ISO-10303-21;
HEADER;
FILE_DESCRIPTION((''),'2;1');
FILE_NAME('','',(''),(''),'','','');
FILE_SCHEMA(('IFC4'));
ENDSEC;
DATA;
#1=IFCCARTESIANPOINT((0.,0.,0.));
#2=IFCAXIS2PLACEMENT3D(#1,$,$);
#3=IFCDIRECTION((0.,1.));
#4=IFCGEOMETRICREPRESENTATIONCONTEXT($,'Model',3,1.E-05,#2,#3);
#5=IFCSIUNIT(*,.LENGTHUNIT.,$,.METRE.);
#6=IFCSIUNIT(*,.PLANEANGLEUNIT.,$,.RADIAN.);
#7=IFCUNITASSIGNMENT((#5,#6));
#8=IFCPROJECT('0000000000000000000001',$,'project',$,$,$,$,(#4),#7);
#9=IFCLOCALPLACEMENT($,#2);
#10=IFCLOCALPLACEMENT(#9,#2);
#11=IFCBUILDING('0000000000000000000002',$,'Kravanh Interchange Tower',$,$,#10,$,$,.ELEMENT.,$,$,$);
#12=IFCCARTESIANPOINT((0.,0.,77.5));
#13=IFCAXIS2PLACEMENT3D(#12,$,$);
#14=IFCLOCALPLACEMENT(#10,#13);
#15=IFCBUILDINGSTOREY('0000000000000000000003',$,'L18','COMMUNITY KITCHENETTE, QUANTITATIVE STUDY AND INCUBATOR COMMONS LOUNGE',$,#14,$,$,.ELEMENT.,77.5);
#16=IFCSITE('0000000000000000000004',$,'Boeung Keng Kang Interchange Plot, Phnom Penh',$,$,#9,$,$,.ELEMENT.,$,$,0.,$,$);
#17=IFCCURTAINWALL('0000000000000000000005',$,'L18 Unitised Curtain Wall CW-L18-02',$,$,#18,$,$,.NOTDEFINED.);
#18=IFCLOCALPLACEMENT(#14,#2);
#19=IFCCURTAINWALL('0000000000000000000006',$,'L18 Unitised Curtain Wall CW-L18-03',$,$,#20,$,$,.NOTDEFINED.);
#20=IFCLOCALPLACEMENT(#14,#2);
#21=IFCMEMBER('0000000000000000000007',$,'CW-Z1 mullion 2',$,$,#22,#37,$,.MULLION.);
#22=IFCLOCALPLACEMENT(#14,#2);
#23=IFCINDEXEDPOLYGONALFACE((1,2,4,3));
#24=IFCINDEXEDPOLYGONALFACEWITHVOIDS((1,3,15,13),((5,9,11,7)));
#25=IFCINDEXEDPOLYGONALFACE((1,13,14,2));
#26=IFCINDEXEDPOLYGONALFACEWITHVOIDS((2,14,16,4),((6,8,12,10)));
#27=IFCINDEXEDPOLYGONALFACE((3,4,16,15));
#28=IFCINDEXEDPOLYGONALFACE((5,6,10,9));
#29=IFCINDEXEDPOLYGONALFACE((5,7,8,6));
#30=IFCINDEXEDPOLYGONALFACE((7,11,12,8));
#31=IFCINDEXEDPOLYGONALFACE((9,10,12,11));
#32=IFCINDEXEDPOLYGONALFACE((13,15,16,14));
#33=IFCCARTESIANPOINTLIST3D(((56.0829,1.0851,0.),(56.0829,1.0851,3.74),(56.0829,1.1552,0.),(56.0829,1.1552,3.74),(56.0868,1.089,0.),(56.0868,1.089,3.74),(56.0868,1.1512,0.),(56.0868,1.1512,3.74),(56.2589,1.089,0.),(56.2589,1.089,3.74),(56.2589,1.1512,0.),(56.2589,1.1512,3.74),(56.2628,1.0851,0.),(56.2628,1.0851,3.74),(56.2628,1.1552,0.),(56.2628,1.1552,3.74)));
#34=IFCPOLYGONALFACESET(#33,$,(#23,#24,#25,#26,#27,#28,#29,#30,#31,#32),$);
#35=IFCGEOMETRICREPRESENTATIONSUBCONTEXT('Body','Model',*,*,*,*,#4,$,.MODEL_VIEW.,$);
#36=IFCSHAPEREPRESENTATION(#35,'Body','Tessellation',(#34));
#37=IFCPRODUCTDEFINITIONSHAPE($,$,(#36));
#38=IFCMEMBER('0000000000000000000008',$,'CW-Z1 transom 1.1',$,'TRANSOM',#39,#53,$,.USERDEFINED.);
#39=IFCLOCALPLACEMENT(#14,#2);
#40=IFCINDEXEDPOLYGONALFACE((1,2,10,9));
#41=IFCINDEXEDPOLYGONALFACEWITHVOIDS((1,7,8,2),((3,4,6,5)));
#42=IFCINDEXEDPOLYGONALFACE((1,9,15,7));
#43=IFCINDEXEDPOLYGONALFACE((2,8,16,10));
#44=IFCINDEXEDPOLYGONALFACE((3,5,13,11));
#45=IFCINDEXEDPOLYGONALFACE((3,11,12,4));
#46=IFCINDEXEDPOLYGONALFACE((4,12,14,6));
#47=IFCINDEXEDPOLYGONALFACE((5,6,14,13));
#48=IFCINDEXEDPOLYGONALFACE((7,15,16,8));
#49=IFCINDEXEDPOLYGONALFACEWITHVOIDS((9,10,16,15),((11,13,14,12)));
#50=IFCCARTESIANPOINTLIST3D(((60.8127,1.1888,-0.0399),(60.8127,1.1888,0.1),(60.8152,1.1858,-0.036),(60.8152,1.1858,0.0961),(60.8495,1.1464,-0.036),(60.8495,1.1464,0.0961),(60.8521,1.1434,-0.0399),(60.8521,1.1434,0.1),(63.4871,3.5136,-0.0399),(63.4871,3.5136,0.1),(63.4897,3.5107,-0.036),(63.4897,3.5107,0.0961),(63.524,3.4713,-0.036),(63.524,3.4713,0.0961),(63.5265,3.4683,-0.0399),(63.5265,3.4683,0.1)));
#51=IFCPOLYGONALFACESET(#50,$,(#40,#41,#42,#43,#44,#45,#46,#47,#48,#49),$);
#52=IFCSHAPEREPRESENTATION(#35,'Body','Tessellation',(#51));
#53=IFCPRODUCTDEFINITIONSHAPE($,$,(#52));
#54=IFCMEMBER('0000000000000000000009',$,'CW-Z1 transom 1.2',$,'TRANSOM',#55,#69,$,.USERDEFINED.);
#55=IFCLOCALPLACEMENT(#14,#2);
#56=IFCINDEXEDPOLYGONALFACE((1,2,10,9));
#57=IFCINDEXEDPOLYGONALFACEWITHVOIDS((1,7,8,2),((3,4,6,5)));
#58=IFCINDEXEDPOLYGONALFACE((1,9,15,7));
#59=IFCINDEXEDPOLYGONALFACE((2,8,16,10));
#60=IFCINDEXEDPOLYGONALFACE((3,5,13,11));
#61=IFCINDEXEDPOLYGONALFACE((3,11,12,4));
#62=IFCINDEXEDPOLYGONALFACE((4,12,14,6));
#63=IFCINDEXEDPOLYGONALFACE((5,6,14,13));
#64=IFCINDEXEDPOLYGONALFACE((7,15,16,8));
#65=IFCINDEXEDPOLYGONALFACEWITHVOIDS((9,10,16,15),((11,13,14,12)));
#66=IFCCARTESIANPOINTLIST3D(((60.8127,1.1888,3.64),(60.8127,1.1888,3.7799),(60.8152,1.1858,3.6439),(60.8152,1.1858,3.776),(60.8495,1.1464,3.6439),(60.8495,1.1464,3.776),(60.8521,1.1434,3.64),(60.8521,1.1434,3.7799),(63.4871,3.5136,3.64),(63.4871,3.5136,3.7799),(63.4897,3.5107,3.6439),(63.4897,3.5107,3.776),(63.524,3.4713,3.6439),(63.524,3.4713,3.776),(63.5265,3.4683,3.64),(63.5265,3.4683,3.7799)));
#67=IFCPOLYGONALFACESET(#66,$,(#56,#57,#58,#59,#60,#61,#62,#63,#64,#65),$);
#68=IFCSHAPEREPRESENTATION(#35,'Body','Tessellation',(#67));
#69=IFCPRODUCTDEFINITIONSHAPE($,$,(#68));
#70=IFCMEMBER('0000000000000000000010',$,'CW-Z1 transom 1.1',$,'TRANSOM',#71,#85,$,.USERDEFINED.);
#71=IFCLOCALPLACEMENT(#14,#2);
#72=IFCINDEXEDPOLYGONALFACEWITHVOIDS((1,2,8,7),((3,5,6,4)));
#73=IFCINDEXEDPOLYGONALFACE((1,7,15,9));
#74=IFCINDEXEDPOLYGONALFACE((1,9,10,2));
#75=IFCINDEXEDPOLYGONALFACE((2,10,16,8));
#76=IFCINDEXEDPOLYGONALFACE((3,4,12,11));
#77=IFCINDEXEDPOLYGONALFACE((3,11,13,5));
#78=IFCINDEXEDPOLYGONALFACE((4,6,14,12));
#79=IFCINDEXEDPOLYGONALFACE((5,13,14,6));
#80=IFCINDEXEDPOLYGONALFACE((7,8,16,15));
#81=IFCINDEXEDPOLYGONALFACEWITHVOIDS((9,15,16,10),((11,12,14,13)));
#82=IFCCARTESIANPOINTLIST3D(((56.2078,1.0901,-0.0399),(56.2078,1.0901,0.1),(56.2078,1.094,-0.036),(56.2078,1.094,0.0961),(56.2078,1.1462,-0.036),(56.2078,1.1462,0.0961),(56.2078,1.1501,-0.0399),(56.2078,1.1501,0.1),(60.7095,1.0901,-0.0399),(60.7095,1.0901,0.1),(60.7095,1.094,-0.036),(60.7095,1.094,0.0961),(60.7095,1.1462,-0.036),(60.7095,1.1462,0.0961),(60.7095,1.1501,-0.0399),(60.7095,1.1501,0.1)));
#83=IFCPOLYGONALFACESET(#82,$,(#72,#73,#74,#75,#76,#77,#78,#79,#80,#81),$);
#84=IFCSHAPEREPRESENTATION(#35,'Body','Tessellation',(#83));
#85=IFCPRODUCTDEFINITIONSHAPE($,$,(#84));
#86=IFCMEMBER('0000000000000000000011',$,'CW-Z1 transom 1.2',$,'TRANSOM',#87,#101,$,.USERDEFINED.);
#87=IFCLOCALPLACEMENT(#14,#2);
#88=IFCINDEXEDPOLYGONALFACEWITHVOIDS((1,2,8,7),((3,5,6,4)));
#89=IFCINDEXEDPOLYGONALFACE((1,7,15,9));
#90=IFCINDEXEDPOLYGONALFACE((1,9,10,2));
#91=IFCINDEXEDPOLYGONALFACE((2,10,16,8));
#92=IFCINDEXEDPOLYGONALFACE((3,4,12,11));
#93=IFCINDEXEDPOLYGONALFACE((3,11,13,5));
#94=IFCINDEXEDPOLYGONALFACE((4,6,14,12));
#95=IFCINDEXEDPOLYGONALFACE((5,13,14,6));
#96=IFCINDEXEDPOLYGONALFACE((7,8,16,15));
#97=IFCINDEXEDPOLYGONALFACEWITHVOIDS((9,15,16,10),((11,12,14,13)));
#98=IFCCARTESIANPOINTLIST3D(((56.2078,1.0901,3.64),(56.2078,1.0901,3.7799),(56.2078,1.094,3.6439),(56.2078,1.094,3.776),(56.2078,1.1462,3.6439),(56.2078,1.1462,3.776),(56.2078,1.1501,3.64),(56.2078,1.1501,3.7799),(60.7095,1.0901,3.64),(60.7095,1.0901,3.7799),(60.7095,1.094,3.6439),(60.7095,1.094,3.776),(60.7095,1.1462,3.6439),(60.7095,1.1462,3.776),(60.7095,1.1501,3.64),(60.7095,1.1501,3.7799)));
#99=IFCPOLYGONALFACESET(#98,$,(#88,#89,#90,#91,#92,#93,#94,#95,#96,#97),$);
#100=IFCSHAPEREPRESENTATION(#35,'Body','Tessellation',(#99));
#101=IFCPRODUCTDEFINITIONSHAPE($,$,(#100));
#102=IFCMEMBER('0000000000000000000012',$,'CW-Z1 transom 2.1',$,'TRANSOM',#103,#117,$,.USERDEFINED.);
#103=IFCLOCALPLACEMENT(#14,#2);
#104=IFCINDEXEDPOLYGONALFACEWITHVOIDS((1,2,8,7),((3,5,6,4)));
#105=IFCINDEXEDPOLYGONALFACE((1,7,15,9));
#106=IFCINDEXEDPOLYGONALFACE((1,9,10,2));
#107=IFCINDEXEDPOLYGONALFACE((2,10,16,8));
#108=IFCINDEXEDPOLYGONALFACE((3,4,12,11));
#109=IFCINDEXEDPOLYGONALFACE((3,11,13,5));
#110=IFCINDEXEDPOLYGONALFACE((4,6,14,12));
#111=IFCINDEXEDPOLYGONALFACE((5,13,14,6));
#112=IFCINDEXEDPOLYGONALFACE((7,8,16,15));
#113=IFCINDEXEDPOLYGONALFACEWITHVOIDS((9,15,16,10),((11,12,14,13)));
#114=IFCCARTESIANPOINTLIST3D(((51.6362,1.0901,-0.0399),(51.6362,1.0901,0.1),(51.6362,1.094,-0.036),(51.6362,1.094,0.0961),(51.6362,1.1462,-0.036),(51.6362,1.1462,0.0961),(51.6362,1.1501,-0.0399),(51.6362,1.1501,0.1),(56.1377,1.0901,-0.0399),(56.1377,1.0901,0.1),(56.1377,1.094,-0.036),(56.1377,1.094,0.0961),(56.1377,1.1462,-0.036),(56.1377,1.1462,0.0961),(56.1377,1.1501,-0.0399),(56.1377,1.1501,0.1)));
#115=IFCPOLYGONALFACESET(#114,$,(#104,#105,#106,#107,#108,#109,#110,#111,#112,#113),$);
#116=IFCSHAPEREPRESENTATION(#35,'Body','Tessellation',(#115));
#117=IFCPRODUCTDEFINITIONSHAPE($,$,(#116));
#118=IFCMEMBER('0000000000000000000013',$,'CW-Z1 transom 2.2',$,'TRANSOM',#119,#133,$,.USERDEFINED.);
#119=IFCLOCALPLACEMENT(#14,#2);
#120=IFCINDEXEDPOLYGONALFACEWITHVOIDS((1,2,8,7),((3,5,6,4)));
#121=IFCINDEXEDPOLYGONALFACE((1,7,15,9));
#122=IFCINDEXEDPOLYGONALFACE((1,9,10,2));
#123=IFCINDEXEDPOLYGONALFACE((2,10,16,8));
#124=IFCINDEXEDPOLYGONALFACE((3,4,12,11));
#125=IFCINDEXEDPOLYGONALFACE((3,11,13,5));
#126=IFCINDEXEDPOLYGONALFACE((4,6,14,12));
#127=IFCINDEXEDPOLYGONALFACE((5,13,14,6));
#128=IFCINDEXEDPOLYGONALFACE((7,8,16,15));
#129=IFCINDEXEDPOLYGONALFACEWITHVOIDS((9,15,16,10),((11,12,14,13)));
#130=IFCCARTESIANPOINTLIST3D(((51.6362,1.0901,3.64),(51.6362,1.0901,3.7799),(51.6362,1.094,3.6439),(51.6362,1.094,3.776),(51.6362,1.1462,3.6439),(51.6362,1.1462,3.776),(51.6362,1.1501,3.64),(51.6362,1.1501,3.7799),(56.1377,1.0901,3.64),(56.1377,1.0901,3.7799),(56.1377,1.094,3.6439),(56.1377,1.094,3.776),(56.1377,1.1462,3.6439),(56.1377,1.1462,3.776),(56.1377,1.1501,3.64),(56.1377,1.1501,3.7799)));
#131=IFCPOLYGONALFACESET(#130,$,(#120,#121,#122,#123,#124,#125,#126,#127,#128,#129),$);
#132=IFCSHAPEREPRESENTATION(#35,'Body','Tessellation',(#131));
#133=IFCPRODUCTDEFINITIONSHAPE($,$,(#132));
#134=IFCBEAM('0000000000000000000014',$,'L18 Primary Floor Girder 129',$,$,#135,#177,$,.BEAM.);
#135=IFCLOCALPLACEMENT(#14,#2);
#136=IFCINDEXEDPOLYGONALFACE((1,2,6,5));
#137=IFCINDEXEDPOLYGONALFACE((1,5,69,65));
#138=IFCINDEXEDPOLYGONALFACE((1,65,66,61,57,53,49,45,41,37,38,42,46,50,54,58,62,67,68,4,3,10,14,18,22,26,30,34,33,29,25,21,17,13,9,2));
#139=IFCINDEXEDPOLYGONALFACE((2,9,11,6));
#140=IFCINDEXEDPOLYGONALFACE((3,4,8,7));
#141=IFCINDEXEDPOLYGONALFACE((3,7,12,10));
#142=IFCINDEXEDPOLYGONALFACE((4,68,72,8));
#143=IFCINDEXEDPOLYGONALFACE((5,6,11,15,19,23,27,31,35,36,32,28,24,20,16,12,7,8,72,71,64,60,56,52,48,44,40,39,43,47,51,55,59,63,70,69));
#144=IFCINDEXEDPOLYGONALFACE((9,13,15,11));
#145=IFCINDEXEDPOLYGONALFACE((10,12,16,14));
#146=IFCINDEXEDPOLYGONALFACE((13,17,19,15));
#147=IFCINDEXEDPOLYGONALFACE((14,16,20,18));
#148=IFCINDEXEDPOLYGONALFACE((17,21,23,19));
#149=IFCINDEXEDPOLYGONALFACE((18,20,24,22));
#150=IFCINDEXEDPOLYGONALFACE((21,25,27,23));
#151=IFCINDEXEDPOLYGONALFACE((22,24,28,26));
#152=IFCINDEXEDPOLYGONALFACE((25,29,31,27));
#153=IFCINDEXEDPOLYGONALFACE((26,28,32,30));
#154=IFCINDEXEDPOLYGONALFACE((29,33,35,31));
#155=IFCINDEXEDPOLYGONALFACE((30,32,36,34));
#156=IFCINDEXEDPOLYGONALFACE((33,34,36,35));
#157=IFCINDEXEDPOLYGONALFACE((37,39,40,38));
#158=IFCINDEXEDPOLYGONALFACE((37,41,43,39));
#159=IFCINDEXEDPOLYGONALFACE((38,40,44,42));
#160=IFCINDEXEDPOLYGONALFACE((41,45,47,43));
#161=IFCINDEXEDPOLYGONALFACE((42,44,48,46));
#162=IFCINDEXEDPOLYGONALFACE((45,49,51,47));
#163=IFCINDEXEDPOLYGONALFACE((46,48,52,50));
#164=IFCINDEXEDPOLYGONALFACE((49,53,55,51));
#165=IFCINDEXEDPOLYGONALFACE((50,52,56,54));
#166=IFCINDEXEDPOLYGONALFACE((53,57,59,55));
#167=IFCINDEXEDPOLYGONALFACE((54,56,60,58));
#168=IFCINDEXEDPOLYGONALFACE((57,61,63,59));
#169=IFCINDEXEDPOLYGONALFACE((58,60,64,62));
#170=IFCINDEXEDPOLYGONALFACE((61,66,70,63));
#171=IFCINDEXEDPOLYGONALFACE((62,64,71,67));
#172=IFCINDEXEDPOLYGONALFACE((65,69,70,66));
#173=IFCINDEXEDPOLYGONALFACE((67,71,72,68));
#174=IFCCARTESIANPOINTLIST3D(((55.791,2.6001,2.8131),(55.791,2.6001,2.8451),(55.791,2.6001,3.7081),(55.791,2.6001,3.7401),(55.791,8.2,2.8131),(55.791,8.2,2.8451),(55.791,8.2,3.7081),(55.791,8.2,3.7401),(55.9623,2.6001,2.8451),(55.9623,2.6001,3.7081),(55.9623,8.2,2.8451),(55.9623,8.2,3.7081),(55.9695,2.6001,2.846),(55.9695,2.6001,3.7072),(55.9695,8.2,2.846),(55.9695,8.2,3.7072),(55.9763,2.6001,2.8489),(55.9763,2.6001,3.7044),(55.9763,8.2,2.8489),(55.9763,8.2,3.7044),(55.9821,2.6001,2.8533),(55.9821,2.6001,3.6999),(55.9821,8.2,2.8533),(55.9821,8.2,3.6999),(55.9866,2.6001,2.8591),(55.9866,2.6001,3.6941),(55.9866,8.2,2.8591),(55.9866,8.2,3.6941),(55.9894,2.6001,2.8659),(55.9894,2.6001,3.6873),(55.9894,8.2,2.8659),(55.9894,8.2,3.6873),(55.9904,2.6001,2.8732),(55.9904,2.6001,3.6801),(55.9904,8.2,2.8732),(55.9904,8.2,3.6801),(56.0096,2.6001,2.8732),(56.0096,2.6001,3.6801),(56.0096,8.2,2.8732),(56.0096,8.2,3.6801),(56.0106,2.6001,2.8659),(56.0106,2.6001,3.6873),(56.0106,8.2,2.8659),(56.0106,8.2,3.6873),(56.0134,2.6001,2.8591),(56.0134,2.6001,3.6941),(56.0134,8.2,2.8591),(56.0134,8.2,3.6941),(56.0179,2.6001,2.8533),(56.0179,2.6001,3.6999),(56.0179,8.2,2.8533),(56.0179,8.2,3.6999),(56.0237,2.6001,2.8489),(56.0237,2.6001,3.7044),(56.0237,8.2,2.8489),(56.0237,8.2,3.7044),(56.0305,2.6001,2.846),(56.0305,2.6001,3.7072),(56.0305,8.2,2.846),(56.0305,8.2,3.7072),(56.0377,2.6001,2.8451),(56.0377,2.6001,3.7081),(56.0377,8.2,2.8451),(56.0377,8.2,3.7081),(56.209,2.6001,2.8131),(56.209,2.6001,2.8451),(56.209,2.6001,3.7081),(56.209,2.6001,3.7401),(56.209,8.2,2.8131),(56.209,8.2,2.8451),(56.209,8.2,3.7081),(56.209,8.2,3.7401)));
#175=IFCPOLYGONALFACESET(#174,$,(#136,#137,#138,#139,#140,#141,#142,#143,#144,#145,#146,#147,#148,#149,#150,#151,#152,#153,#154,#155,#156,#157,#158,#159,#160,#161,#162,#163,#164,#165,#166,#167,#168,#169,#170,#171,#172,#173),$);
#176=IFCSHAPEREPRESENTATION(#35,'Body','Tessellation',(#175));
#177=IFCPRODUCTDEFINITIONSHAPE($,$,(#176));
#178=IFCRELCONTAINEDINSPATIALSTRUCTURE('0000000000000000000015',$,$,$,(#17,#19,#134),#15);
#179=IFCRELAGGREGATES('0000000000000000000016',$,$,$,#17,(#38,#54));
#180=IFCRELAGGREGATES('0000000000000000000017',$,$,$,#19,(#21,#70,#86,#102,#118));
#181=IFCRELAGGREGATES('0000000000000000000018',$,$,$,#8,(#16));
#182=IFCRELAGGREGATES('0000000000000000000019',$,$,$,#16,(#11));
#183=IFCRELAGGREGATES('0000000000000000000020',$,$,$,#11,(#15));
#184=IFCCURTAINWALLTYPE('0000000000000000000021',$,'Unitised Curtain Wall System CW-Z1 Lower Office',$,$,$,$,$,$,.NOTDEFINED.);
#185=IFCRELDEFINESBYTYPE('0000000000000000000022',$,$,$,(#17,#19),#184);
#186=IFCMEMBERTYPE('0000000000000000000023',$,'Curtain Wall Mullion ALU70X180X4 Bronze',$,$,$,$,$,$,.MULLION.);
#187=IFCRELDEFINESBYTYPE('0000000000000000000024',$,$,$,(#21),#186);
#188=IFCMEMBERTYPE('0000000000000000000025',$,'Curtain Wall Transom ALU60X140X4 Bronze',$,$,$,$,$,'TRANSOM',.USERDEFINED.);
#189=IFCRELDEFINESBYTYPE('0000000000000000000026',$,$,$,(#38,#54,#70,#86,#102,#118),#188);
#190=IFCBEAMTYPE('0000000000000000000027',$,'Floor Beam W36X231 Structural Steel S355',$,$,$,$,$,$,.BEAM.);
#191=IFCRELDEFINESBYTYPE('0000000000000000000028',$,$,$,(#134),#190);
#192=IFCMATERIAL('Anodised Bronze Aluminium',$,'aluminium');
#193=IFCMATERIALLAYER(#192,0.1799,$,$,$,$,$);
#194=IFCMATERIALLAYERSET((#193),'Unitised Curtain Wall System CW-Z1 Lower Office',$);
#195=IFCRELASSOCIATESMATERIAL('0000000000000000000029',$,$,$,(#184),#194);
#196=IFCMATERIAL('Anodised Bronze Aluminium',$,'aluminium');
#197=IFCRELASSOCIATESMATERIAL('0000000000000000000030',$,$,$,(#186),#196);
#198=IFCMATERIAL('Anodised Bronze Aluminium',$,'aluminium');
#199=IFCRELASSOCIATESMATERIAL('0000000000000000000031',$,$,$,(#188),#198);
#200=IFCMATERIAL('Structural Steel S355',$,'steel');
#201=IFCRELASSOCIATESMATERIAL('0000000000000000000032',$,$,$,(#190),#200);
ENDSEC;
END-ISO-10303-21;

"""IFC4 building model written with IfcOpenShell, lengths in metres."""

from ifc_helpers import new_model, si_unit, direction, frame, origin, origin_2d, place, context, subcontext, project, spatial, hollow_rectangle, i_section, extrude, material, layer, layer_set, material_profile, profile_set, type_object, element, aggregate, save


model = new_model("IFC4")

# Units and contexts
model_context = context("Model", 3, precision=1e-05, world=origin(), true_north=direction((0.0, 1.0)))
body_context = subcontext(model_context, "Body", "Model", "MODEL_VIEW")
ifc_project = project(units=[si_unit("LENGTHUNIT", "METRE"), si_unit("PLANEANGLEUNIT", "RADIAN")], contexts=[model_context])

# Site, building, storey
site_placement = place(None, origin())
site = spatial("IfcSite", under=ifc_project, at=site_placement, Name="Boeung Keng Kang Interchange Plot, Phnom Penh", CompositionType="ELEMENT", RefElevation=0.0)
building_placement = place(site_placement, origin())
building = spatial("IfcBuilding", under=site, at=building_placement, Name="Kravanh Interchange Tower", CompositionType="ELEMENT")
storey_placement = place(building_placement, frame((0.0, 0.0, 77.5)))
storey = spatial("IfcBuildingStorey", under=building, at=storey_placement, Name="L18", Description="COMMUNITY KITCHENETTE, QUANTITATIVE STUDY AND INCUBATOR COMMONS LOUNGE", CompositionType="ELEMENT", Elevation=77.5)

# Curtain walls, member
ifc_material_1 = material(Name="Anodised Bronze Aluminium", Category="aluminium")
ifc_layer_1 = layer(ifc_material_1, 0.1799)
ifc_layer_set_1 = layer_set([ifc_layer_1], Name="Unitised Curtain Wall System CW-Z1 Lower Office")
curtain_wall_type = type_object("IfcCurtainWallType", Name="Unitised Curtain Wall System CW-Z1 Lower Office", PredefinedType="NOTDEFINED", material=ifc_layer_set_1)
curtain_wall_1_placement = place(storey_placement, origin())
curtain_wall_1 = element("IfcCurtainWall", 1, at=curtain_wall_1_placement, inside=storey, type_object=curtain_wall_type, Name="L18 Unitised Curtain Wall CW-L18-02", PredefinedType="NOTDEFINED")
ifc_material_2 = material(Name="Anodised Bronze Aluminium", Category="aluminium")
ifc_material_profile_1 = material_profile(ifc_material_2, hollow_rectangle(XDim=0.0701, YDim=0.1799, WallThickness=0.0039, at=origin_2d()), Name="ALU70X180X4")
ifc_profile_set_1 = profile_set([ifc_material_profile_1], Name="Anodised Bronze Aluminium")
member_type_1 = type_object("IfcMemberType", Name="Curtain Wall Mullion ALU70X180X4 Bronze", PredefinedType="MULLION", material=ifc_profile_set_1)
curtain_wall_2_placement = place(storey_placement, origin())
curtain_wall_2 = element("IfcCurtainWall", 2, at=curtain_wall_2_placement, inside=storey, type_object=curtain_wall_type, Name="L18 Unitised Curtain Wall CW-L18-03", PredefinedType="NOTDEFINED")
member_1_placement = place(storey_placement, frame((56.1729, 1.1201, 0.0), z_axis=(0.0, 0.0, 1.0), x_axis=(0.0, -1.0, 0.0)))
member_1 = element("IfcMember", 3, at=member_1_placement, type_object=member_type_1, Name="CW-Z1 mullion 2", PredefinedType="MULLION", context=body_context, shape_type="SweptSolid", body=[
    extrude(hollow_rectangle(XDim=0.0701, YDim=0.1799, WallThickness=0.0039, at=origin_2d()), origin(), (0.0, 0.0, 1.0), 3.74),
])

# Members
ifc_material_3 = material(Name="Anodised Bronze Aluminium", Category="aluminium")
ifc_material_profile_2 = material_profile(ifc_material_3, hollow_rectangle(XDim=0.0601, YDim=0.1399, WallThickness=0.0039, at=origin_2d()), Name="ALU60X140X4")
ifc_profile_set_2 = profile_set([ifc_material_profile_2], Name="Anodised Bronze Aluminium")
member_type_2 = type_object("IfcMemberType", Name="Curtain Wall Transom ALU60X140X4 Bronze", ElementType="TRANSOM", PredefinedType="USERDEFINED", material=ifc_profile_set_2)
member_2_placement = place(storey_placement, frame((63.5068, 3.491, 0.03), z_axis=(-0.754711, -0.656058, 0.0), x_axis=(0.656058, -0.754711, 0.0)))
member_2 = element("IfcMember", 4, at=member_2_placement, type_object=member_type_2, Name="CW-Z1 transom 1.1", ObjectType="TRANSOM", PredefinedType="USERDEFINED", context=body_context, shape_type="SweptSolid", body=[
    extrude(hollow_rectangle(XDim=0.0601, YDim=0.1399, WallThickness=0.0039, at=origin_2d()), origin(), (0.0, 0.0, 1.0), 3.5437),
])
member_3_placement = place(storey_placement, frame((63.5068, 3.491, 3.71), z_axis=(-0.754711, -0.656058, 0.0), x_axis=(0.656058, -0.754711, 0.0)))
member_3 = element("IfcMember", 5, at=member_3_placement, type_object=member_type_2, Name="CW-Z1 transom 1.2", ObjectType="TRANSOM", PredefinedType="USERDEFINED", context=body_context, shape_type="SweptSolid", body=[
    extrude(hollow_rectangle(XDim=0.0601, YDim=0.1399, WallThickness=0.0039, at=origin_2d()), origin(), (0.0, 0.0, 1.0), 3.5437),
])
member_4_placement = place(storey_placement, frame((60.7095, 1.1201, 0.03), z_axis=(-1.0, 0.0, 0.0), x_axis=(0.0, -1.0, 0.0)))
member_4 = element("IfcMember", 6, at=member_4_placement, type_object=member_type_2, Name="CW-Z1 transom 1.1", ObjectType="TRANSOM", PredefinedType="USERDEFINED", context=body_context, shape_type="SweptSolid", body=[
    extrude(hollow_rectangle(XDim=0.0601, YDim=0.1399, WallThickness=0.0039, at=origin_2d()), origin(), (0.0, 0.0, 1.0), 4.5017),
])
member_5_placement = place(storey_placement, frame((60.7095, 1.1201, 3.71), z_axis=(-1.0, 0.0, 0.0), x_axis=(0.0, -1.0, 0.0)))
member_5 = element("IfcMember", 7, at=member_5_placement, type_object=member_type_2, Name="CW-Z1 transom 1.2", ObjectType="TRANSOM", PredefinedType="USERDEFINED", context=body_context, shape_type="SweptSolid", body=[
    extrude(hollow_rectangle(XDim=0.0601, YDim=0.1399, WallThickness=0.0039, at=origin_2d()), origin(), (0.0, 0.0, 1.0), 4.5017),
])
member_6_placement = place(storey_placement, frame((56.1377, 1.1201, 0.03), z_axis=(-1.0, 0.0, 0.0), x_axis=(0.0, -1.0, 0.0)))
member_6 = element("IfcMember", 8, at=member_6_placement, type_object=member_type_2, Name="CW-Z1 transom 2.1", ObjectType="TRANSOM", PredefinedType="USERDEFINED", context=body_context, shape_type="SweptSolid", body=[
    extrude(hollow_rectangle(XDim=0.0601, YDim=0.1399, WallThickness=0.0039, at=origin_2d()), origin(), (0.0, 0.0, 1.0), 4.5015),
])
member_7_placement = place(storey_placement, frame((56.1377, 1.1201, 3.71), z_axis=(-1.0, 0.0, 0.0), x_axis=(0.0, -1.0, 0.0)))
member_7 = element("IfcMember", 9, at=member_7_placement, type_object=member_type_2, Name="CW-Z1 transom 2.2", ObjectType="TRANSOM", PredefinedType="USERDEFINED", context=body_context, shape_type="SweptSolid", body=[
    extrude(hollow_rectangle(XDim=0.0601, YDim=0.1399, WallThickness=0.0039, at=origin_2d()), origin(), (0.0, 0.0, 1.0), 4.5015),
])

# Beam
ifc_material_4 = material(Name="Structural Steel S355", Category="steel")
ifc_material_profile_3 = material_profile(ifc_material_4, i_section(OverallWidth=0.418, OverallDepth=0.927, WebThickness=0.0193, FlangeThickness=0.032, FilletRadius=0.0281, at=origin_2d()), Name="W36X231")
ifc_profile_set_3 = profile_set([ifc_material_profile_3], Name="Structural Steel S355")
beam_type_1 = type_object("IfcBeamType", Name="Floor Beam W36X231 Structural Steel S355", PredefinedType="BEAM", material=ifc_profile_set_3)
beam_1_placement = place(storey_placement, frame((56.0, 2.6001, 3.2766), z_axis=(0.0, 1.0, 0.0), x_axis=(-1.0, 0.0, 0.0)))
element("IfcBeam", 10, at=beam_1_placement, inside=storey, type_object=beam_type_1, Name="L18 Primary Floor Girder 129", PredefinedType="BEAM", context=body_context, shape_type="SweptSolid", body=[
    extrude(i_section(OverallWidth=0.418, OverallDepth=0.927, WebThickness=0.0193, FlangeThickness=0.032, FilletRadius=0.0281, at=origin_2d()), origin(), (0.0, 0.0, 1.0), 5.5999),
])

aggregate(curtain_wall_1, [member_2, member_3])
aggregate(curtain_wall_2, [member_1, member_4, member_5, member_6, member_7])

save(model, "model.ifc")
